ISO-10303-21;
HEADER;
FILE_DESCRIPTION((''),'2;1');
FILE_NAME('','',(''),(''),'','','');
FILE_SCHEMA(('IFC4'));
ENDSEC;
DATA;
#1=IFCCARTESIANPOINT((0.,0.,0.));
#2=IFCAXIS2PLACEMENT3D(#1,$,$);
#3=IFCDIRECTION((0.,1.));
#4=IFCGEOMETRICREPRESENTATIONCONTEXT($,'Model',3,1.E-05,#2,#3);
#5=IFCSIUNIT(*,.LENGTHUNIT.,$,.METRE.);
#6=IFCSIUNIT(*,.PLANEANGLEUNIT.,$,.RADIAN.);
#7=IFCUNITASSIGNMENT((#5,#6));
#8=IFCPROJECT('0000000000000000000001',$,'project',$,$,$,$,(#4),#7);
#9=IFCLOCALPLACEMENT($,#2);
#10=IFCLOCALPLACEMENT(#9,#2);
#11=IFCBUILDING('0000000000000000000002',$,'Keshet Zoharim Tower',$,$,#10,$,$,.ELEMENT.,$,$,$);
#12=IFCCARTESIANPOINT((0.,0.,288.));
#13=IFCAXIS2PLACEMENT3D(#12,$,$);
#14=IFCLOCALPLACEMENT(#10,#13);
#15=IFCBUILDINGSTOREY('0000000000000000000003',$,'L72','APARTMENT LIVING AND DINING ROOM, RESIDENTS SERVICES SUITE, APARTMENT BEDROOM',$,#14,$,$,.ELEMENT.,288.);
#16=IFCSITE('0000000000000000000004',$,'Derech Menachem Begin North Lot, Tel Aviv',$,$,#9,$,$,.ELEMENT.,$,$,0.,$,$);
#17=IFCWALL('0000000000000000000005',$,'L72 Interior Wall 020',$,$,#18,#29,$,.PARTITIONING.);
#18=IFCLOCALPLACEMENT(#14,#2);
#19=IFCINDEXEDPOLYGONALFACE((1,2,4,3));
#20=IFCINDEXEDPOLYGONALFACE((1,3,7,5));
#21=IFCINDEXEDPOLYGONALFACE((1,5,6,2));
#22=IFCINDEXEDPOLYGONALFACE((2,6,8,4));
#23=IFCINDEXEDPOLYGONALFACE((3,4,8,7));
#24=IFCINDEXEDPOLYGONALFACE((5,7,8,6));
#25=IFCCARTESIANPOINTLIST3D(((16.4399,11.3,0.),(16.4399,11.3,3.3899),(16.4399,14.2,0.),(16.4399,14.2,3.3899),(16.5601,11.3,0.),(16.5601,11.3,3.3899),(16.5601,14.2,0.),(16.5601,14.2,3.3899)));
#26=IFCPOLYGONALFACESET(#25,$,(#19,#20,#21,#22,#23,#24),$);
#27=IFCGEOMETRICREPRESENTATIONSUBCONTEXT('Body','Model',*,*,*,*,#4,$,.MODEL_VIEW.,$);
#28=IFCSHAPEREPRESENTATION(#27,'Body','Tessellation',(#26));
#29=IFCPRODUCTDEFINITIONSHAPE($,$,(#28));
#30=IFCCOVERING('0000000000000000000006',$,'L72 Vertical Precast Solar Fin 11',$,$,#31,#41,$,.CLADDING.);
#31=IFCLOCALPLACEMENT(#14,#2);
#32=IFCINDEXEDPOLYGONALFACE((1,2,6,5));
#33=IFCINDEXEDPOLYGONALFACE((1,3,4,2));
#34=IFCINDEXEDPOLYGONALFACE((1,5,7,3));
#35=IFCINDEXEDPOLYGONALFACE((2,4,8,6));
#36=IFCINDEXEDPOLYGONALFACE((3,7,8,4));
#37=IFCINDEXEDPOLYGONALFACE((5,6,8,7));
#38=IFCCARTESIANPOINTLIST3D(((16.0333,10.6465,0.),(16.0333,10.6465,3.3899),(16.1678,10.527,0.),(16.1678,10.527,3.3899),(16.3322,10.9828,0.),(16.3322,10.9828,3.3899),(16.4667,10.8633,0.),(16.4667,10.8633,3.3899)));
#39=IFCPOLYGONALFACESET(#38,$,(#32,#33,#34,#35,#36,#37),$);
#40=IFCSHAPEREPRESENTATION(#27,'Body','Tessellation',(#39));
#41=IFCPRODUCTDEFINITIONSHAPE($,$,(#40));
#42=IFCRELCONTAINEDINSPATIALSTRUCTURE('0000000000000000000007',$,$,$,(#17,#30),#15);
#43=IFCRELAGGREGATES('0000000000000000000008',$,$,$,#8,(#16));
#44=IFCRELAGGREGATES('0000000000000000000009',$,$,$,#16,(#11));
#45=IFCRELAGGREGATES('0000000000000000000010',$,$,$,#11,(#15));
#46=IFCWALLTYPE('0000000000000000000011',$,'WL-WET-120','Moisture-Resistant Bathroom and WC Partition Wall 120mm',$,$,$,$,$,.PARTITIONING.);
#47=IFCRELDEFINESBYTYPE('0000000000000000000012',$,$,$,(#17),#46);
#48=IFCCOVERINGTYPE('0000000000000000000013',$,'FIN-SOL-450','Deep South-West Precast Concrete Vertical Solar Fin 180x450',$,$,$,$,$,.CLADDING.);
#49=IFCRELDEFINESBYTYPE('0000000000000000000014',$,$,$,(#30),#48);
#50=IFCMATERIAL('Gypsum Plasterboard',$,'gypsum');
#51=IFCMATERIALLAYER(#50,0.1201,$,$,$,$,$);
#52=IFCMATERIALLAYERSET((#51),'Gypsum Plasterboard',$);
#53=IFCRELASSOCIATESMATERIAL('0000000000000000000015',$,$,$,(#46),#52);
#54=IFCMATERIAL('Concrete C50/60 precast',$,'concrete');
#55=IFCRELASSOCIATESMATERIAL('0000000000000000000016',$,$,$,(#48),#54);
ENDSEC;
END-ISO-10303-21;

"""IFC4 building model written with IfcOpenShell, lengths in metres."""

from ifc_helpers import new_model, si_unit, direction, frame, frame_2d, origin, origin_2d, place, context, subcontext, project, spatial, rectangle, extrude, material, layer, layer_set, type_object, element, save


model = new_model("IFC4")

# Units and contexts
model_context = context("Model", 3, precision=1e-05, world=origin(), true_north=direction((0.0, 1.0)))
body_context = subcontext(model_context, "Body", "Model", "MODEL_VIEW")
ifc_project = project(units=[si_unit("LENGTHUNIT", "METRE"), si_unit("PLANEANGLEUNIT", "RADIAN")], contexts=[model_context])

# Site, building, storey
site_placement = place(None, origin())
site = spatial("IfcSite", under=ifc_project, at=site_placement, Name="Derech Menachem Begin North Lot, Tel Aviv", CompositionType="ELEMENT", RefElevation=0.0)
building_placement = place(site_placement, origin())
building = spatial("IfcBuilding", under=site, at=building_placement, Name="Keshet Zoharim Tower", CompositionType="ELEMENT")
storey_placement = place(building_placement, frame((0.0, 0.0, 288.0)))
storey = spatial("IfcBuildingStorey", under=building, at=storey_placement, Name="L72", Description="APARTMENT LIVING AND DINING ROOM, RESIDENTS SERVICES SUITE, APARTMENT BEDROOM", CompositionType="ELEMENT", Elevation=288.0)

# Shared definitions
ifc_material_1 = material(Name="Gypsum Plasterboard", Category="gypsum")

# Wall
ifc_layer_1 = layer(ifc_material_1, 0.1201)
ifc_layer_set_1 = layer_set([ifc_layer_1], Name="Gypsum Plasterboard")
wall_type_1 = type_object("IfcWallType", Name="WL-WET-120", Description="Moisture-Resistant Bathroom and WC Partition Wall 120mm", PredefinedType="PARTITIONING", material=ifc_layer_set_1)
wall_1_placement = place(storey_placement, frame((16.5, 11.3, 0.0), z_axis=(0.0, 0.0, 1.0), x_axis=(0.0, 1.0, 0.0)))
element("IfcWall", 1, at=wall_1_placement, inside=storey, type_object=wall_type_1, Name="L72 Interior Wall 020", PredefinedType="PARTITIONING", context=body_context, shape_type="SweptSolid", body=[
    extrude(rectangle(XDim=2.8999, YDim=0.1201, at=frame_2d((1.45, 0.0))), origin(), (0.0, 0.0, 1.0), 3.3899),
])

# Covering
ifc_material_2 = material(Name="Concrete C50/60 precast", Category="concrete")
covering_type = type_object("IfcCoveringType", Name="FIN-SOL-450", Description="Deep South-West Precast Concrete Vertical Solar Fin 180x450", PredefinedType="CLADDING", material=ifc_material_2)
covering_placement = place(storey_placement, frame((16.25, 10.7549, 0.0), z_axis=(0.0, 0.0, 1.0), x_axis=(-0.747412, 0.664361, 0.0)))
element("IfcCovering", 2, at=covering_placement, inside=storey, type_object=covering_type, Name="L72 Vertical Precast Solar Fin 11", PredefinedType="CLADDING", context=body_context, shape_type="SweptSolid", body=[
    extrude(rectangle(XDim=0.1799, YDim=0.45, at=origin_2d()), origin(), (0.0, 0.0, 1.0), 3.3899),
])

save(model, "model.ifc")
